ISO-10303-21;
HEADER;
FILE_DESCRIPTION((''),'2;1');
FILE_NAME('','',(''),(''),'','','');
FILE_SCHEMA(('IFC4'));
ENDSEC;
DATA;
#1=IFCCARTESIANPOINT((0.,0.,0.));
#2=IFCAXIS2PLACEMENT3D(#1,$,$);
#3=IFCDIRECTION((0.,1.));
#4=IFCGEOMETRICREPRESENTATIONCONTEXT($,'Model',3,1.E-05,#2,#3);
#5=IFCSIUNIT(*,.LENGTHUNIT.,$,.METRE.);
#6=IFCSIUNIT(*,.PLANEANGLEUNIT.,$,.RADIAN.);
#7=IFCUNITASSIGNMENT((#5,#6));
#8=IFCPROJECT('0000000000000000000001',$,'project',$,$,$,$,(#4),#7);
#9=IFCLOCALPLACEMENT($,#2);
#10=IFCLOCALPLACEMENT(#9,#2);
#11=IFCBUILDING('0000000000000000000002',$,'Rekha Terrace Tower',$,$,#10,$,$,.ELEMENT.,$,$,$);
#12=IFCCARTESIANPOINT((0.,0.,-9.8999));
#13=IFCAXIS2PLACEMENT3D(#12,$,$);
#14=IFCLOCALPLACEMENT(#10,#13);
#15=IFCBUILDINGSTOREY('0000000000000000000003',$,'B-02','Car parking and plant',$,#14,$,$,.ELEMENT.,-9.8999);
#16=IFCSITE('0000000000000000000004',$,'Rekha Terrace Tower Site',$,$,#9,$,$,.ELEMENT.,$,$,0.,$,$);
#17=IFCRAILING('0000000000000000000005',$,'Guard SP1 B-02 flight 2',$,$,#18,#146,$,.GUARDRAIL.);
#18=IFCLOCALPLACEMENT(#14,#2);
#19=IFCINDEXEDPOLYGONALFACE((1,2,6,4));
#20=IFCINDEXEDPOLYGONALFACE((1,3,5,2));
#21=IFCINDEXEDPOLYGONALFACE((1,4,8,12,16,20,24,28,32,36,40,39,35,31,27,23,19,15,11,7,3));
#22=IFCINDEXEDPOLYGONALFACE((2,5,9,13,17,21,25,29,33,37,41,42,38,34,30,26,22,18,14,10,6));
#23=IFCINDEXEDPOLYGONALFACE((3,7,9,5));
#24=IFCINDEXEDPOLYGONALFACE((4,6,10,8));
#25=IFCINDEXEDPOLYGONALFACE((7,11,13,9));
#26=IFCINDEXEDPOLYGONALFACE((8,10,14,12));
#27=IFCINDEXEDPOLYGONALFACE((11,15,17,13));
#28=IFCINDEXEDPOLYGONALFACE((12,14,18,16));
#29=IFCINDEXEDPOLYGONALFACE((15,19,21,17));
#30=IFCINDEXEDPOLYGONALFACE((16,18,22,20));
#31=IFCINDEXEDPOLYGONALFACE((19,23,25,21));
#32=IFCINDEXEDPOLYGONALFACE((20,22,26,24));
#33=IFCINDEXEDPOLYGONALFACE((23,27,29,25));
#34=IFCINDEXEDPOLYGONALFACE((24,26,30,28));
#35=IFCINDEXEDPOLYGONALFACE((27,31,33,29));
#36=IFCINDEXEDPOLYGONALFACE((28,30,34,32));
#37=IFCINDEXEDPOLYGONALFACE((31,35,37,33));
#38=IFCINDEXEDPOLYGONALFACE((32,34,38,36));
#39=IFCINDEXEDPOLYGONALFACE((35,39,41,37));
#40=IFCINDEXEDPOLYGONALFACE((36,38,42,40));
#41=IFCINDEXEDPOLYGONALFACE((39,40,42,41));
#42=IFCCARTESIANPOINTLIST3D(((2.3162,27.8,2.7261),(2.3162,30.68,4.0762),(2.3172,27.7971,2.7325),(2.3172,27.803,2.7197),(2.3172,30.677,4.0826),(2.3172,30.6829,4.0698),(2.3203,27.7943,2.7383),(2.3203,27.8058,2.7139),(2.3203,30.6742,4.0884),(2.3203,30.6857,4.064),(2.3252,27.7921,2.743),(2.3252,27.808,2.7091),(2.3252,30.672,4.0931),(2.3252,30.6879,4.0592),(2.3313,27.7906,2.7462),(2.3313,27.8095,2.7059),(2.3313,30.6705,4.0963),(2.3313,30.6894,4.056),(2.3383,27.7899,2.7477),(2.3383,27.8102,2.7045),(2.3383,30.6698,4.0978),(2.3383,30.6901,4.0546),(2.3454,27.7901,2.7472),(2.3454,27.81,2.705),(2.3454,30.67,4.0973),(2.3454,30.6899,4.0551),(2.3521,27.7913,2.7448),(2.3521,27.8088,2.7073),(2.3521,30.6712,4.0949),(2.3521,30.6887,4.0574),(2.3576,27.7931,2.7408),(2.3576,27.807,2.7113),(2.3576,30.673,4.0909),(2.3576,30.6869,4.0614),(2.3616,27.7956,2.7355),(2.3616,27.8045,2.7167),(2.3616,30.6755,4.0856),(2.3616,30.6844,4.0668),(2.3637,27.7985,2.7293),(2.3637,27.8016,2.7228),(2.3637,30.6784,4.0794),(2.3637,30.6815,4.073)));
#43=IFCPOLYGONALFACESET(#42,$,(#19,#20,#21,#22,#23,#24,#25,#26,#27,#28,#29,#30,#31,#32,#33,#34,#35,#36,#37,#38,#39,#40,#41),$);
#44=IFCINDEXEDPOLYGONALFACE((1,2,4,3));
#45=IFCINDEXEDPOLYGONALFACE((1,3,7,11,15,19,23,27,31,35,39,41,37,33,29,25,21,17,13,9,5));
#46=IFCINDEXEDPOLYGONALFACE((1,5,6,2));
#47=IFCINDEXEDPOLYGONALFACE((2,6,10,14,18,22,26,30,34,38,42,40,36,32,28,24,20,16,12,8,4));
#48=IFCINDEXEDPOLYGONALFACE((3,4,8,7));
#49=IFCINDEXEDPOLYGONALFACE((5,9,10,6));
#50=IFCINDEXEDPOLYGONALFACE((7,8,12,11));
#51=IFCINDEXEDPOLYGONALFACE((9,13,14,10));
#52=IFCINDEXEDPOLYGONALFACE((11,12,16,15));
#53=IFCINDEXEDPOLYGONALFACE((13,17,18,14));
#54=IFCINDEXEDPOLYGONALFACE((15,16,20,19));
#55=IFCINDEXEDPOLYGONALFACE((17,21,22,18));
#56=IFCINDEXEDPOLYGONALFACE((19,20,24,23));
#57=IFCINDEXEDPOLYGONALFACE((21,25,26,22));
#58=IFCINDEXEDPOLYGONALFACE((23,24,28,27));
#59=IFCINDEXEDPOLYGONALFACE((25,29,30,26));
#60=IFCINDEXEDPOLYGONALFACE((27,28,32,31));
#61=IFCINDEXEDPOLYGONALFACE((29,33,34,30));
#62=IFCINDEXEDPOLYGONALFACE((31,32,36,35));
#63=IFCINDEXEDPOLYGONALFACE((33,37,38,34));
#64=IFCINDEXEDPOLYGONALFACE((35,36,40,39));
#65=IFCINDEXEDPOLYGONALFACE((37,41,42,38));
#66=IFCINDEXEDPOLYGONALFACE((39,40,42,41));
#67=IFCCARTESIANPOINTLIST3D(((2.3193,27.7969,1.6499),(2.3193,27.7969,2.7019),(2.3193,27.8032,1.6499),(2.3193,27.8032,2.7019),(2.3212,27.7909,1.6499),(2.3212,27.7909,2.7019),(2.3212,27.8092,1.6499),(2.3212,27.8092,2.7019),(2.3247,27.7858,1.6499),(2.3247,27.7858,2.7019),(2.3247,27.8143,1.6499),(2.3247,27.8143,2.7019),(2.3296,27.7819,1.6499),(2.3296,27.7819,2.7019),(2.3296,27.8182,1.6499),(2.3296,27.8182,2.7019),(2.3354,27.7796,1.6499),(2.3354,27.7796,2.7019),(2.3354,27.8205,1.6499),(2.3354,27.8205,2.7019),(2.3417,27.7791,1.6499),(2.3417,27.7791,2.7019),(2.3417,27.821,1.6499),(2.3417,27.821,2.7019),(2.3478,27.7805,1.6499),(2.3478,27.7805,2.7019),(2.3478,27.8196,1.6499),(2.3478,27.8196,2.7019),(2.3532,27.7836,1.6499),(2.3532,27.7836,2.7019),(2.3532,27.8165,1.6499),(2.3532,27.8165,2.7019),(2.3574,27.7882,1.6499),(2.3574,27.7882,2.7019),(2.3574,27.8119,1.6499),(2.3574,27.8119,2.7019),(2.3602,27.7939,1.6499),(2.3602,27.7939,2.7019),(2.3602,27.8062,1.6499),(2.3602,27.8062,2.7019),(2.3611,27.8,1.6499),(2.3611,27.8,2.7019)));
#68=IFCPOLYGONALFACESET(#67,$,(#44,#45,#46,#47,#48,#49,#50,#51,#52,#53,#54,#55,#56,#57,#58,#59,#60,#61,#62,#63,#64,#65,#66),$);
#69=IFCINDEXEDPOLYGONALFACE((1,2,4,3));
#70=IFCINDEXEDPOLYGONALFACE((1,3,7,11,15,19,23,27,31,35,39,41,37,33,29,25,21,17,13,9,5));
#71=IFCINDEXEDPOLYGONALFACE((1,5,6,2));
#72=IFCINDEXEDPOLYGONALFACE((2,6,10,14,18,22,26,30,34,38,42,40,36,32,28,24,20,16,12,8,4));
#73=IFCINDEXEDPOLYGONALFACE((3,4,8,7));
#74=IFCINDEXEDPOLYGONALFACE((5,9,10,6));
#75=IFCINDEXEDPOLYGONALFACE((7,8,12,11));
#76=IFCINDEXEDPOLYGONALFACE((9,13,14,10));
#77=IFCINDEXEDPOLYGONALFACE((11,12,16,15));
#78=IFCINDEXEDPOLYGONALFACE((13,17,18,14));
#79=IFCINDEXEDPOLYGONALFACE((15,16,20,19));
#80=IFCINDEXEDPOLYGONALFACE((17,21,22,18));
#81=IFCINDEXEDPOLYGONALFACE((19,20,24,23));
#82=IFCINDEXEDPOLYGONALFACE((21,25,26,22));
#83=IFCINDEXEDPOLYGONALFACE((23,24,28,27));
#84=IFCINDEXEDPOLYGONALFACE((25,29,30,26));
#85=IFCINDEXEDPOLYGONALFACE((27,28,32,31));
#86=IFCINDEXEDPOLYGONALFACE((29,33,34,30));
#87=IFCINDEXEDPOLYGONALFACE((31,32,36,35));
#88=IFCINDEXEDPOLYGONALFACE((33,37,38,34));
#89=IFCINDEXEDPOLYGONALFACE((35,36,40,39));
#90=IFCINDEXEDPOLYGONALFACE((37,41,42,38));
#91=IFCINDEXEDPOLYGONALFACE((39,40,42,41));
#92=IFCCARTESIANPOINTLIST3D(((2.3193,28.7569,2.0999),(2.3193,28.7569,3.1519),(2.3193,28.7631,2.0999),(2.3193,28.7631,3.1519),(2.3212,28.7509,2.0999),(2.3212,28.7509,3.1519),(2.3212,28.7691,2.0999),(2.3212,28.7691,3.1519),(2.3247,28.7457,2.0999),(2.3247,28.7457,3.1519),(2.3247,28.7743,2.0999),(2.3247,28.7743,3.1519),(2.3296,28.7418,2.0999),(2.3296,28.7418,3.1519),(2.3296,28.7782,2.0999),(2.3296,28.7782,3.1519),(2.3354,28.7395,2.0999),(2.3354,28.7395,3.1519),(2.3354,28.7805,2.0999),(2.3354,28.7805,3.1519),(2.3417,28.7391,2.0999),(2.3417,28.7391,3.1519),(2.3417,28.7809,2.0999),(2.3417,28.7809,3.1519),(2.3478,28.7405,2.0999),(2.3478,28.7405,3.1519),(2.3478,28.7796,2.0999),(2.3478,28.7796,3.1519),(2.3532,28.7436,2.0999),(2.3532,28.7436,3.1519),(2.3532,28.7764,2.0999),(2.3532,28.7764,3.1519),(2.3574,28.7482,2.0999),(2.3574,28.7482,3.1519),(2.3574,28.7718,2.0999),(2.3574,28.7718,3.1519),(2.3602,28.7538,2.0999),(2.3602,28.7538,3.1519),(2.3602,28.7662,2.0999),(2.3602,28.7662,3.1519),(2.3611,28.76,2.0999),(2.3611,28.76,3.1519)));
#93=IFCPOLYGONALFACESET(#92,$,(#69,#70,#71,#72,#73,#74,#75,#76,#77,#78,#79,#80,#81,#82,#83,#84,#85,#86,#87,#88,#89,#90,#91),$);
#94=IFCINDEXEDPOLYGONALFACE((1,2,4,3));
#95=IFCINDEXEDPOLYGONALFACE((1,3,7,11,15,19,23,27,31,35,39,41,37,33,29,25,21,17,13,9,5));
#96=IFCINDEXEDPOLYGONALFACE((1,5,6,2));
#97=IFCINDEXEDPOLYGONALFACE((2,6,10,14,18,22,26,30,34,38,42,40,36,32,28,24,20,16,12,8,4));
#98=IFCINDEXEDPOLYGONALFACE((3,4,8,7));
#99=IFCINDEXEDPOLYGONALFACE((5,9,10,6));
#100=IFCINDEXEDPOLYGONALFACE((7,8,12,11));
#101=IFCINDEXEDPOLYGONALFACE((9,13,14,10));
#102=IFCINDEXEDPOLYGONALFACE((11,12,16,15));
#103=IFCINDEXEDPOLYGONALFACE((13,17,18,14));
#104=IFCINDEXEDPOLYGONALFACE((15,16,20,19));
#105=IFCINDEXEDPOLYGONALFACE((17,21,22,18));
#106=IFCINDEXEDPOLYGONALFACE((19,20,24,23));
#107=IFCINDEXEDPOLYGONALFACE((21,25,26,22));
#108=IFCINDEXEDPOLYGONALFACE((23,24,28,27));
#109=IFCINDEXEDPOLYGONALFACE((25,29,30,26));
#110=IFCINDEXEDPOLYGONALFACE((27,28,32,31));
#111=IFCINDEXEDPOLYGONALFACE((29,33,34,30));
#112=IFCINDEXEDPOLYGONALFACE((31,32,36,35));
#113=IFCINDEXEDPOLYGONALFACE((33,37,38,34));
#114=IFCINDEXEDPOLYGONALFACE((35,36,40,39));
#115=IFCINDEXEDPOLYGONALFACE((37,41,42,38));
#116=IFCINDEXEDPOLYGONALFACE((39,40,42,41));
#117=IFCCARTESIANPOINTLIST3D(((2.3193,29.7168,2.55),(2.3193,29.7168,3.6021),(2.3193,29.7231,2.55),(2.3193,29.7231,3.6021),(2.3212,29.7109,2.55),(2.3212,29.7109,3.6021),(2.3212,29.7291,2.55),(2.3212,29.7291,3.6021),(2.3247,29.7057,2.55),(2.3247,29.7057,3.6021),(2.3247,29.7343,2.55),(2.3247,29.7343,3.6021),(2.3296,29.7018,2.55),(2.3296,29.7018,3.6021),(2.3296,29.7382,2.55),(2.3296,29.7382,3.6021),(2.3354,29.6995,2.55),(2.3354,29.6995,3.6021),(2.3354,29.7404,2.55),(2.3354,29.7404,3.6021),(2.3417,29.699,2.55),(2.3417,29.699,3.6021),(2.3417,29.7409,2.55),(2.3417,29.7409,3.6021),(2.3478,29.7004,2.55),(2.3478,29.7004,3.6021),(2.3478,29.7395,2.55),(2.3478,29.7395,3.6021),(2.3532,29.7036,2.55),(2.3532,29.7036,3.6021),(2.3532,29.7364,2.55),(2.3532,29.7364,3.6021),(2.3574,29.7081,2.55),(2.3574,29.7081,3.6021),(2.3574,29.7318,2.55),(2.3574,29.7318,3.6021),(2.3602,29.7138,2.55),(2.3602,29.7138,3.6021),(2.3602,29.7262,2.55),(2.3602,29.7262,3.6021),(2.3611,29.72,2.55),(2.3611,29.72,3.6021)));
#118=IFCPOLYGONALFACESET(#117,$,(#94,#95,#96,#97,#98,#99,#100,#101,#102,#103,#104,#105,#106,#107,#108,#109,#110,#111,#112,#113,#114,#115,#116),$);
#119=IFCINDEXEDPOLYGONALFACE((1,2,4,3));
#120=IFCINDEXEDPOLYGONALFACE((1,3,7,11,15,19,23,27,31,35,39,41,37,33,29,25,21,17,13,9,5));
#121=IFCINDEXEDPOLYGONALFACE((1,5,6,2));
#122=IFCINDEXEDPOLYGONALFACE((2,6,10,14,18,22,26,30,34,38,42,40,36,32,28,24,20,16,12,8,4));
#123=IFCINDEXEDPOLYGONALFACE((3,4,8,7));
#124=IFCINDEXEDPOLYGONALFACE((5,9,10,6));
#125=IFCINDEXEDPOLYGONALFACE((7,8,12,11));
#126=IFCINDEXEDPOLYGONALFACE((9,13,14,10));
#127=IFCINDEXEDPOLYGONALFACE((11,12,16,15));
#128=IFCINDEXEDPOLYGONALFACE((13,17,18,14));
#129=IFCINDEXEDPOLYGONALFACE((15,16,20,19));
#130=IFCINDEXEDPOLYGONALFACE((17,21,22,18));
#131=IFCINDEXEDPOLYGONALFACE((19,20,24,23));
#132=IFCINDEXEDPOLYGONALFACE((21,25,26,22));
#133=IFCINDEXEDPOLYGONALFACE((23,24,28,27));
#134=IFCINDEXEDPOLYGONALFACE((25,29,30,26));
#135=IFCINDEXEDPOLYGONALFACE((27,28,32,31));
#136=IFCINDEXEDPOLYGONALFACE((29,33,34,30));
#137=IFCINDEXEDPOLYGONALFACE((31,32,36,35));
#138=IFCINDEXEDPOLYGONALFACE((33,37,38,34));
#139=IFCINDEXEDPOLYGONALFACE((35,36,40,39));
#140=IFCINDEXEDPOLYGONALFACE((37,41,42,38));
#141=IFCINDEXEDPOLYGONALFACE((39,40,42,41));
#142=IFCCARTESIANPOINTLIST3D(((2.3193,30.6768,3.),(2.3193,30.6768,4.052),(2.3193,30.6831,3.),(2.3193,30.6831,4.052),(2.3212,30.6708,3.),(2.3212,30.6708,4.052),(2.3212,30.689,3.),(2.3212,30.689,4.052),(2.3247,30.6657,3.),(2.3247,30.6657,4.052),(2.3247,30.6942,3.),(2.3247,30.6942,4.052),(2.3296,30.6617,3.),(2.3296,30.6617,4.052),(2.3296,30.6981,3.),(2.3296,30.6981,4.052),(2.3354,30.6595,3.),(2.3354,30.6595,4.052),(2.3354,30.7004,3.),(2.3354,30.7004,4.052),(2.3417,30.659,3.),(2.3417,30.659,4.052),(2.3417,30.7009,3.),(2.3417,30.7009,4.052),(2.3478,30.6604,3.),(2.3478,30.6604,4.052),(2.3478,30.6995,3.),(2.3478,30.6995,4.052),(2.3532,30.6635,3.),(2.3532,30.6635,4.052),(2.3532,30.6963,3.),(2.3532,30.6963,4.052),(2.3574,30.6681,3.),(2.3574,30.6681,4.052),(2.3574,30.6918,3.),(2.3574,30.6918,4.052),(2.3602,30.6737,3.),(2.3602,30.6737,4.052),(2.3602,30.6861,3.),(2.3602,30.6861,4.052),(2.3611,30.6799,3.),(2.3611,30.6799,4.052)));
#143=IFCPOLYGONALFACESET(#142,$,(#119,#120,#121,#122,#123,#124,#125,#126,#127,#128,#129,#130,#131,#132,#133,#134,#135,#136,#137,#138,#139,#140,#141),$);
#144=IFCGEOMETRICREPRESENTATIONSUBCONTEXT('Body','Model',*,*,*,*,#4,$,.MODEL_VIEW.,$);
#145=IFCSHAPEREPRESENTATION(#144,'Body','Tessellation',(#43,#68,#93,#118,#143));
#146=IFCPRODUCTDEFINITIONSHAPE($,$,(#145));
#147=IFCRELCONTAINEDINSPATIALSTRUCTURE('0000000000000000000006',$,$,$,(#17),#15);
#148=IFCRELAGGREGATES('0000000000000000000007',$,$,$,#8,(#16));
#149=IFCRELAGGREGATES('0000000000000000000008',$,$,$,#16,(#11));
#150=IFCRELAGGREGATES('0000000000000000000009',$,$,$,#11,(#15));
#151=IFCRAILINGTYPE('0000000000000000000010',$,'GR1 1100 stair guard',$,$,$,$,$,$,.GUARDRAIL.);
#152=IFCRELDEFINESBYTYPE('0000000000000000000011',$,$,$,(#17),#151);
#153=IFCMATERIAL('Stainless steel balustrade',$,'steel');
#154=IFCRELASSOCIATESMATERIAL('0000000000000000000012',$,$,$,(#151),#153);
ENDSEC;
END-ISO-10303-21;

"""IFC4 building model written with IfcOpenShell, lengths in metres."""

from ifc_helpers import new_model, si_unit, direction, frame, origin, origin_2d, place, context, subcontext, project, spatial, circle, extrude, material, type_object, element, save


model = new_model("IFC4")

# Units and contexts
model_context = context("Model", 3, precision=1e-05, world=origin(), true_north=direction((0.0, 1.0)))
body_context = subcontext(model_context, "Body", "Model", "MODEL_VIEW")
ifc_project = project(units=[si_unit("LENGTHUNIT", "METRE"), si_unit("PLANEANGLEUNIT", "RADIAN")], contexts=[model_context])

# Site, building, storey
site_placement = place(None, origin())
site = spatial("IfcSite", under=ifc_project, at=site_placement, Name="Rekha Terrace Tower Site", CompositionType="ELEMENT", RefElevation=0.0)
building_placement = place(site_placement, origin())
building = spatial("IfcBuilding", under=site, at=building_placement, Name="Rekha Terrace Tower", CompositionType="ELEMENT")
storey_placement = place(building_placement, frame((0.0, 0.0, -9.8999)))
storey = spatial("IfcBuildingStorey", under=building, at=storey_placement, Name="B-02", Description="Car parking and plant", CompositionType="ELEMENT", Elevation=-9.8999)

# Railing
ifc_material_1 = material(Name="Stainless steel balustrade", Category="steel")
railing_type_1 = type_object("IfcRailingType", Name="GR1 1100 stair guard", PredefinedType="GUARDRAIL", material=ifc_material_1)
railing_1_placement = place(storey_placement, frame((2.3401, 27.8, 1.6499)))
element("IfcRailing", 1, at=railing_1_placement, inside=storey, type_object=railing_type_1, Name="Guard SP1 B-02 flight 2", PredefinedType="GUARDRAIL", context=body_context, shape_type="SweptSolid", body=[
    extrude(circle(Radius=0.0239, at=origin_2d()), frame((0.0, 0.0, 1.0762), z_axis=(0.0, 0.90544, 0.424473), x_axis=(-1.0, 0.0, 0.0)), (0.0, 0.0, 1.0), 3.1807),
    extrude(circle(Radius=0.021, at=origin_2d()), origin(), (0.0, 0.0, 1.0), 1.052),
    extrude(circle(Radius=0.021, at=origin_2d()), frame((0.0, 0.96, 0.45)), (0.0, 0.0, 1.0), 1.052),
    extrude(circle(Radius=0.021, at=origin_2d()), frame((0.0, 1.9199, 0.9001)), (0.0, 0.0, 1.0), 1.052),
    extrude(circle(Radius=0.021, at=origin_2d()), frame((0.0, 2.8799, 1.3501)), (0.0, 0.0, 1.0), 1.052),
])

save(model, "model.ifc")
